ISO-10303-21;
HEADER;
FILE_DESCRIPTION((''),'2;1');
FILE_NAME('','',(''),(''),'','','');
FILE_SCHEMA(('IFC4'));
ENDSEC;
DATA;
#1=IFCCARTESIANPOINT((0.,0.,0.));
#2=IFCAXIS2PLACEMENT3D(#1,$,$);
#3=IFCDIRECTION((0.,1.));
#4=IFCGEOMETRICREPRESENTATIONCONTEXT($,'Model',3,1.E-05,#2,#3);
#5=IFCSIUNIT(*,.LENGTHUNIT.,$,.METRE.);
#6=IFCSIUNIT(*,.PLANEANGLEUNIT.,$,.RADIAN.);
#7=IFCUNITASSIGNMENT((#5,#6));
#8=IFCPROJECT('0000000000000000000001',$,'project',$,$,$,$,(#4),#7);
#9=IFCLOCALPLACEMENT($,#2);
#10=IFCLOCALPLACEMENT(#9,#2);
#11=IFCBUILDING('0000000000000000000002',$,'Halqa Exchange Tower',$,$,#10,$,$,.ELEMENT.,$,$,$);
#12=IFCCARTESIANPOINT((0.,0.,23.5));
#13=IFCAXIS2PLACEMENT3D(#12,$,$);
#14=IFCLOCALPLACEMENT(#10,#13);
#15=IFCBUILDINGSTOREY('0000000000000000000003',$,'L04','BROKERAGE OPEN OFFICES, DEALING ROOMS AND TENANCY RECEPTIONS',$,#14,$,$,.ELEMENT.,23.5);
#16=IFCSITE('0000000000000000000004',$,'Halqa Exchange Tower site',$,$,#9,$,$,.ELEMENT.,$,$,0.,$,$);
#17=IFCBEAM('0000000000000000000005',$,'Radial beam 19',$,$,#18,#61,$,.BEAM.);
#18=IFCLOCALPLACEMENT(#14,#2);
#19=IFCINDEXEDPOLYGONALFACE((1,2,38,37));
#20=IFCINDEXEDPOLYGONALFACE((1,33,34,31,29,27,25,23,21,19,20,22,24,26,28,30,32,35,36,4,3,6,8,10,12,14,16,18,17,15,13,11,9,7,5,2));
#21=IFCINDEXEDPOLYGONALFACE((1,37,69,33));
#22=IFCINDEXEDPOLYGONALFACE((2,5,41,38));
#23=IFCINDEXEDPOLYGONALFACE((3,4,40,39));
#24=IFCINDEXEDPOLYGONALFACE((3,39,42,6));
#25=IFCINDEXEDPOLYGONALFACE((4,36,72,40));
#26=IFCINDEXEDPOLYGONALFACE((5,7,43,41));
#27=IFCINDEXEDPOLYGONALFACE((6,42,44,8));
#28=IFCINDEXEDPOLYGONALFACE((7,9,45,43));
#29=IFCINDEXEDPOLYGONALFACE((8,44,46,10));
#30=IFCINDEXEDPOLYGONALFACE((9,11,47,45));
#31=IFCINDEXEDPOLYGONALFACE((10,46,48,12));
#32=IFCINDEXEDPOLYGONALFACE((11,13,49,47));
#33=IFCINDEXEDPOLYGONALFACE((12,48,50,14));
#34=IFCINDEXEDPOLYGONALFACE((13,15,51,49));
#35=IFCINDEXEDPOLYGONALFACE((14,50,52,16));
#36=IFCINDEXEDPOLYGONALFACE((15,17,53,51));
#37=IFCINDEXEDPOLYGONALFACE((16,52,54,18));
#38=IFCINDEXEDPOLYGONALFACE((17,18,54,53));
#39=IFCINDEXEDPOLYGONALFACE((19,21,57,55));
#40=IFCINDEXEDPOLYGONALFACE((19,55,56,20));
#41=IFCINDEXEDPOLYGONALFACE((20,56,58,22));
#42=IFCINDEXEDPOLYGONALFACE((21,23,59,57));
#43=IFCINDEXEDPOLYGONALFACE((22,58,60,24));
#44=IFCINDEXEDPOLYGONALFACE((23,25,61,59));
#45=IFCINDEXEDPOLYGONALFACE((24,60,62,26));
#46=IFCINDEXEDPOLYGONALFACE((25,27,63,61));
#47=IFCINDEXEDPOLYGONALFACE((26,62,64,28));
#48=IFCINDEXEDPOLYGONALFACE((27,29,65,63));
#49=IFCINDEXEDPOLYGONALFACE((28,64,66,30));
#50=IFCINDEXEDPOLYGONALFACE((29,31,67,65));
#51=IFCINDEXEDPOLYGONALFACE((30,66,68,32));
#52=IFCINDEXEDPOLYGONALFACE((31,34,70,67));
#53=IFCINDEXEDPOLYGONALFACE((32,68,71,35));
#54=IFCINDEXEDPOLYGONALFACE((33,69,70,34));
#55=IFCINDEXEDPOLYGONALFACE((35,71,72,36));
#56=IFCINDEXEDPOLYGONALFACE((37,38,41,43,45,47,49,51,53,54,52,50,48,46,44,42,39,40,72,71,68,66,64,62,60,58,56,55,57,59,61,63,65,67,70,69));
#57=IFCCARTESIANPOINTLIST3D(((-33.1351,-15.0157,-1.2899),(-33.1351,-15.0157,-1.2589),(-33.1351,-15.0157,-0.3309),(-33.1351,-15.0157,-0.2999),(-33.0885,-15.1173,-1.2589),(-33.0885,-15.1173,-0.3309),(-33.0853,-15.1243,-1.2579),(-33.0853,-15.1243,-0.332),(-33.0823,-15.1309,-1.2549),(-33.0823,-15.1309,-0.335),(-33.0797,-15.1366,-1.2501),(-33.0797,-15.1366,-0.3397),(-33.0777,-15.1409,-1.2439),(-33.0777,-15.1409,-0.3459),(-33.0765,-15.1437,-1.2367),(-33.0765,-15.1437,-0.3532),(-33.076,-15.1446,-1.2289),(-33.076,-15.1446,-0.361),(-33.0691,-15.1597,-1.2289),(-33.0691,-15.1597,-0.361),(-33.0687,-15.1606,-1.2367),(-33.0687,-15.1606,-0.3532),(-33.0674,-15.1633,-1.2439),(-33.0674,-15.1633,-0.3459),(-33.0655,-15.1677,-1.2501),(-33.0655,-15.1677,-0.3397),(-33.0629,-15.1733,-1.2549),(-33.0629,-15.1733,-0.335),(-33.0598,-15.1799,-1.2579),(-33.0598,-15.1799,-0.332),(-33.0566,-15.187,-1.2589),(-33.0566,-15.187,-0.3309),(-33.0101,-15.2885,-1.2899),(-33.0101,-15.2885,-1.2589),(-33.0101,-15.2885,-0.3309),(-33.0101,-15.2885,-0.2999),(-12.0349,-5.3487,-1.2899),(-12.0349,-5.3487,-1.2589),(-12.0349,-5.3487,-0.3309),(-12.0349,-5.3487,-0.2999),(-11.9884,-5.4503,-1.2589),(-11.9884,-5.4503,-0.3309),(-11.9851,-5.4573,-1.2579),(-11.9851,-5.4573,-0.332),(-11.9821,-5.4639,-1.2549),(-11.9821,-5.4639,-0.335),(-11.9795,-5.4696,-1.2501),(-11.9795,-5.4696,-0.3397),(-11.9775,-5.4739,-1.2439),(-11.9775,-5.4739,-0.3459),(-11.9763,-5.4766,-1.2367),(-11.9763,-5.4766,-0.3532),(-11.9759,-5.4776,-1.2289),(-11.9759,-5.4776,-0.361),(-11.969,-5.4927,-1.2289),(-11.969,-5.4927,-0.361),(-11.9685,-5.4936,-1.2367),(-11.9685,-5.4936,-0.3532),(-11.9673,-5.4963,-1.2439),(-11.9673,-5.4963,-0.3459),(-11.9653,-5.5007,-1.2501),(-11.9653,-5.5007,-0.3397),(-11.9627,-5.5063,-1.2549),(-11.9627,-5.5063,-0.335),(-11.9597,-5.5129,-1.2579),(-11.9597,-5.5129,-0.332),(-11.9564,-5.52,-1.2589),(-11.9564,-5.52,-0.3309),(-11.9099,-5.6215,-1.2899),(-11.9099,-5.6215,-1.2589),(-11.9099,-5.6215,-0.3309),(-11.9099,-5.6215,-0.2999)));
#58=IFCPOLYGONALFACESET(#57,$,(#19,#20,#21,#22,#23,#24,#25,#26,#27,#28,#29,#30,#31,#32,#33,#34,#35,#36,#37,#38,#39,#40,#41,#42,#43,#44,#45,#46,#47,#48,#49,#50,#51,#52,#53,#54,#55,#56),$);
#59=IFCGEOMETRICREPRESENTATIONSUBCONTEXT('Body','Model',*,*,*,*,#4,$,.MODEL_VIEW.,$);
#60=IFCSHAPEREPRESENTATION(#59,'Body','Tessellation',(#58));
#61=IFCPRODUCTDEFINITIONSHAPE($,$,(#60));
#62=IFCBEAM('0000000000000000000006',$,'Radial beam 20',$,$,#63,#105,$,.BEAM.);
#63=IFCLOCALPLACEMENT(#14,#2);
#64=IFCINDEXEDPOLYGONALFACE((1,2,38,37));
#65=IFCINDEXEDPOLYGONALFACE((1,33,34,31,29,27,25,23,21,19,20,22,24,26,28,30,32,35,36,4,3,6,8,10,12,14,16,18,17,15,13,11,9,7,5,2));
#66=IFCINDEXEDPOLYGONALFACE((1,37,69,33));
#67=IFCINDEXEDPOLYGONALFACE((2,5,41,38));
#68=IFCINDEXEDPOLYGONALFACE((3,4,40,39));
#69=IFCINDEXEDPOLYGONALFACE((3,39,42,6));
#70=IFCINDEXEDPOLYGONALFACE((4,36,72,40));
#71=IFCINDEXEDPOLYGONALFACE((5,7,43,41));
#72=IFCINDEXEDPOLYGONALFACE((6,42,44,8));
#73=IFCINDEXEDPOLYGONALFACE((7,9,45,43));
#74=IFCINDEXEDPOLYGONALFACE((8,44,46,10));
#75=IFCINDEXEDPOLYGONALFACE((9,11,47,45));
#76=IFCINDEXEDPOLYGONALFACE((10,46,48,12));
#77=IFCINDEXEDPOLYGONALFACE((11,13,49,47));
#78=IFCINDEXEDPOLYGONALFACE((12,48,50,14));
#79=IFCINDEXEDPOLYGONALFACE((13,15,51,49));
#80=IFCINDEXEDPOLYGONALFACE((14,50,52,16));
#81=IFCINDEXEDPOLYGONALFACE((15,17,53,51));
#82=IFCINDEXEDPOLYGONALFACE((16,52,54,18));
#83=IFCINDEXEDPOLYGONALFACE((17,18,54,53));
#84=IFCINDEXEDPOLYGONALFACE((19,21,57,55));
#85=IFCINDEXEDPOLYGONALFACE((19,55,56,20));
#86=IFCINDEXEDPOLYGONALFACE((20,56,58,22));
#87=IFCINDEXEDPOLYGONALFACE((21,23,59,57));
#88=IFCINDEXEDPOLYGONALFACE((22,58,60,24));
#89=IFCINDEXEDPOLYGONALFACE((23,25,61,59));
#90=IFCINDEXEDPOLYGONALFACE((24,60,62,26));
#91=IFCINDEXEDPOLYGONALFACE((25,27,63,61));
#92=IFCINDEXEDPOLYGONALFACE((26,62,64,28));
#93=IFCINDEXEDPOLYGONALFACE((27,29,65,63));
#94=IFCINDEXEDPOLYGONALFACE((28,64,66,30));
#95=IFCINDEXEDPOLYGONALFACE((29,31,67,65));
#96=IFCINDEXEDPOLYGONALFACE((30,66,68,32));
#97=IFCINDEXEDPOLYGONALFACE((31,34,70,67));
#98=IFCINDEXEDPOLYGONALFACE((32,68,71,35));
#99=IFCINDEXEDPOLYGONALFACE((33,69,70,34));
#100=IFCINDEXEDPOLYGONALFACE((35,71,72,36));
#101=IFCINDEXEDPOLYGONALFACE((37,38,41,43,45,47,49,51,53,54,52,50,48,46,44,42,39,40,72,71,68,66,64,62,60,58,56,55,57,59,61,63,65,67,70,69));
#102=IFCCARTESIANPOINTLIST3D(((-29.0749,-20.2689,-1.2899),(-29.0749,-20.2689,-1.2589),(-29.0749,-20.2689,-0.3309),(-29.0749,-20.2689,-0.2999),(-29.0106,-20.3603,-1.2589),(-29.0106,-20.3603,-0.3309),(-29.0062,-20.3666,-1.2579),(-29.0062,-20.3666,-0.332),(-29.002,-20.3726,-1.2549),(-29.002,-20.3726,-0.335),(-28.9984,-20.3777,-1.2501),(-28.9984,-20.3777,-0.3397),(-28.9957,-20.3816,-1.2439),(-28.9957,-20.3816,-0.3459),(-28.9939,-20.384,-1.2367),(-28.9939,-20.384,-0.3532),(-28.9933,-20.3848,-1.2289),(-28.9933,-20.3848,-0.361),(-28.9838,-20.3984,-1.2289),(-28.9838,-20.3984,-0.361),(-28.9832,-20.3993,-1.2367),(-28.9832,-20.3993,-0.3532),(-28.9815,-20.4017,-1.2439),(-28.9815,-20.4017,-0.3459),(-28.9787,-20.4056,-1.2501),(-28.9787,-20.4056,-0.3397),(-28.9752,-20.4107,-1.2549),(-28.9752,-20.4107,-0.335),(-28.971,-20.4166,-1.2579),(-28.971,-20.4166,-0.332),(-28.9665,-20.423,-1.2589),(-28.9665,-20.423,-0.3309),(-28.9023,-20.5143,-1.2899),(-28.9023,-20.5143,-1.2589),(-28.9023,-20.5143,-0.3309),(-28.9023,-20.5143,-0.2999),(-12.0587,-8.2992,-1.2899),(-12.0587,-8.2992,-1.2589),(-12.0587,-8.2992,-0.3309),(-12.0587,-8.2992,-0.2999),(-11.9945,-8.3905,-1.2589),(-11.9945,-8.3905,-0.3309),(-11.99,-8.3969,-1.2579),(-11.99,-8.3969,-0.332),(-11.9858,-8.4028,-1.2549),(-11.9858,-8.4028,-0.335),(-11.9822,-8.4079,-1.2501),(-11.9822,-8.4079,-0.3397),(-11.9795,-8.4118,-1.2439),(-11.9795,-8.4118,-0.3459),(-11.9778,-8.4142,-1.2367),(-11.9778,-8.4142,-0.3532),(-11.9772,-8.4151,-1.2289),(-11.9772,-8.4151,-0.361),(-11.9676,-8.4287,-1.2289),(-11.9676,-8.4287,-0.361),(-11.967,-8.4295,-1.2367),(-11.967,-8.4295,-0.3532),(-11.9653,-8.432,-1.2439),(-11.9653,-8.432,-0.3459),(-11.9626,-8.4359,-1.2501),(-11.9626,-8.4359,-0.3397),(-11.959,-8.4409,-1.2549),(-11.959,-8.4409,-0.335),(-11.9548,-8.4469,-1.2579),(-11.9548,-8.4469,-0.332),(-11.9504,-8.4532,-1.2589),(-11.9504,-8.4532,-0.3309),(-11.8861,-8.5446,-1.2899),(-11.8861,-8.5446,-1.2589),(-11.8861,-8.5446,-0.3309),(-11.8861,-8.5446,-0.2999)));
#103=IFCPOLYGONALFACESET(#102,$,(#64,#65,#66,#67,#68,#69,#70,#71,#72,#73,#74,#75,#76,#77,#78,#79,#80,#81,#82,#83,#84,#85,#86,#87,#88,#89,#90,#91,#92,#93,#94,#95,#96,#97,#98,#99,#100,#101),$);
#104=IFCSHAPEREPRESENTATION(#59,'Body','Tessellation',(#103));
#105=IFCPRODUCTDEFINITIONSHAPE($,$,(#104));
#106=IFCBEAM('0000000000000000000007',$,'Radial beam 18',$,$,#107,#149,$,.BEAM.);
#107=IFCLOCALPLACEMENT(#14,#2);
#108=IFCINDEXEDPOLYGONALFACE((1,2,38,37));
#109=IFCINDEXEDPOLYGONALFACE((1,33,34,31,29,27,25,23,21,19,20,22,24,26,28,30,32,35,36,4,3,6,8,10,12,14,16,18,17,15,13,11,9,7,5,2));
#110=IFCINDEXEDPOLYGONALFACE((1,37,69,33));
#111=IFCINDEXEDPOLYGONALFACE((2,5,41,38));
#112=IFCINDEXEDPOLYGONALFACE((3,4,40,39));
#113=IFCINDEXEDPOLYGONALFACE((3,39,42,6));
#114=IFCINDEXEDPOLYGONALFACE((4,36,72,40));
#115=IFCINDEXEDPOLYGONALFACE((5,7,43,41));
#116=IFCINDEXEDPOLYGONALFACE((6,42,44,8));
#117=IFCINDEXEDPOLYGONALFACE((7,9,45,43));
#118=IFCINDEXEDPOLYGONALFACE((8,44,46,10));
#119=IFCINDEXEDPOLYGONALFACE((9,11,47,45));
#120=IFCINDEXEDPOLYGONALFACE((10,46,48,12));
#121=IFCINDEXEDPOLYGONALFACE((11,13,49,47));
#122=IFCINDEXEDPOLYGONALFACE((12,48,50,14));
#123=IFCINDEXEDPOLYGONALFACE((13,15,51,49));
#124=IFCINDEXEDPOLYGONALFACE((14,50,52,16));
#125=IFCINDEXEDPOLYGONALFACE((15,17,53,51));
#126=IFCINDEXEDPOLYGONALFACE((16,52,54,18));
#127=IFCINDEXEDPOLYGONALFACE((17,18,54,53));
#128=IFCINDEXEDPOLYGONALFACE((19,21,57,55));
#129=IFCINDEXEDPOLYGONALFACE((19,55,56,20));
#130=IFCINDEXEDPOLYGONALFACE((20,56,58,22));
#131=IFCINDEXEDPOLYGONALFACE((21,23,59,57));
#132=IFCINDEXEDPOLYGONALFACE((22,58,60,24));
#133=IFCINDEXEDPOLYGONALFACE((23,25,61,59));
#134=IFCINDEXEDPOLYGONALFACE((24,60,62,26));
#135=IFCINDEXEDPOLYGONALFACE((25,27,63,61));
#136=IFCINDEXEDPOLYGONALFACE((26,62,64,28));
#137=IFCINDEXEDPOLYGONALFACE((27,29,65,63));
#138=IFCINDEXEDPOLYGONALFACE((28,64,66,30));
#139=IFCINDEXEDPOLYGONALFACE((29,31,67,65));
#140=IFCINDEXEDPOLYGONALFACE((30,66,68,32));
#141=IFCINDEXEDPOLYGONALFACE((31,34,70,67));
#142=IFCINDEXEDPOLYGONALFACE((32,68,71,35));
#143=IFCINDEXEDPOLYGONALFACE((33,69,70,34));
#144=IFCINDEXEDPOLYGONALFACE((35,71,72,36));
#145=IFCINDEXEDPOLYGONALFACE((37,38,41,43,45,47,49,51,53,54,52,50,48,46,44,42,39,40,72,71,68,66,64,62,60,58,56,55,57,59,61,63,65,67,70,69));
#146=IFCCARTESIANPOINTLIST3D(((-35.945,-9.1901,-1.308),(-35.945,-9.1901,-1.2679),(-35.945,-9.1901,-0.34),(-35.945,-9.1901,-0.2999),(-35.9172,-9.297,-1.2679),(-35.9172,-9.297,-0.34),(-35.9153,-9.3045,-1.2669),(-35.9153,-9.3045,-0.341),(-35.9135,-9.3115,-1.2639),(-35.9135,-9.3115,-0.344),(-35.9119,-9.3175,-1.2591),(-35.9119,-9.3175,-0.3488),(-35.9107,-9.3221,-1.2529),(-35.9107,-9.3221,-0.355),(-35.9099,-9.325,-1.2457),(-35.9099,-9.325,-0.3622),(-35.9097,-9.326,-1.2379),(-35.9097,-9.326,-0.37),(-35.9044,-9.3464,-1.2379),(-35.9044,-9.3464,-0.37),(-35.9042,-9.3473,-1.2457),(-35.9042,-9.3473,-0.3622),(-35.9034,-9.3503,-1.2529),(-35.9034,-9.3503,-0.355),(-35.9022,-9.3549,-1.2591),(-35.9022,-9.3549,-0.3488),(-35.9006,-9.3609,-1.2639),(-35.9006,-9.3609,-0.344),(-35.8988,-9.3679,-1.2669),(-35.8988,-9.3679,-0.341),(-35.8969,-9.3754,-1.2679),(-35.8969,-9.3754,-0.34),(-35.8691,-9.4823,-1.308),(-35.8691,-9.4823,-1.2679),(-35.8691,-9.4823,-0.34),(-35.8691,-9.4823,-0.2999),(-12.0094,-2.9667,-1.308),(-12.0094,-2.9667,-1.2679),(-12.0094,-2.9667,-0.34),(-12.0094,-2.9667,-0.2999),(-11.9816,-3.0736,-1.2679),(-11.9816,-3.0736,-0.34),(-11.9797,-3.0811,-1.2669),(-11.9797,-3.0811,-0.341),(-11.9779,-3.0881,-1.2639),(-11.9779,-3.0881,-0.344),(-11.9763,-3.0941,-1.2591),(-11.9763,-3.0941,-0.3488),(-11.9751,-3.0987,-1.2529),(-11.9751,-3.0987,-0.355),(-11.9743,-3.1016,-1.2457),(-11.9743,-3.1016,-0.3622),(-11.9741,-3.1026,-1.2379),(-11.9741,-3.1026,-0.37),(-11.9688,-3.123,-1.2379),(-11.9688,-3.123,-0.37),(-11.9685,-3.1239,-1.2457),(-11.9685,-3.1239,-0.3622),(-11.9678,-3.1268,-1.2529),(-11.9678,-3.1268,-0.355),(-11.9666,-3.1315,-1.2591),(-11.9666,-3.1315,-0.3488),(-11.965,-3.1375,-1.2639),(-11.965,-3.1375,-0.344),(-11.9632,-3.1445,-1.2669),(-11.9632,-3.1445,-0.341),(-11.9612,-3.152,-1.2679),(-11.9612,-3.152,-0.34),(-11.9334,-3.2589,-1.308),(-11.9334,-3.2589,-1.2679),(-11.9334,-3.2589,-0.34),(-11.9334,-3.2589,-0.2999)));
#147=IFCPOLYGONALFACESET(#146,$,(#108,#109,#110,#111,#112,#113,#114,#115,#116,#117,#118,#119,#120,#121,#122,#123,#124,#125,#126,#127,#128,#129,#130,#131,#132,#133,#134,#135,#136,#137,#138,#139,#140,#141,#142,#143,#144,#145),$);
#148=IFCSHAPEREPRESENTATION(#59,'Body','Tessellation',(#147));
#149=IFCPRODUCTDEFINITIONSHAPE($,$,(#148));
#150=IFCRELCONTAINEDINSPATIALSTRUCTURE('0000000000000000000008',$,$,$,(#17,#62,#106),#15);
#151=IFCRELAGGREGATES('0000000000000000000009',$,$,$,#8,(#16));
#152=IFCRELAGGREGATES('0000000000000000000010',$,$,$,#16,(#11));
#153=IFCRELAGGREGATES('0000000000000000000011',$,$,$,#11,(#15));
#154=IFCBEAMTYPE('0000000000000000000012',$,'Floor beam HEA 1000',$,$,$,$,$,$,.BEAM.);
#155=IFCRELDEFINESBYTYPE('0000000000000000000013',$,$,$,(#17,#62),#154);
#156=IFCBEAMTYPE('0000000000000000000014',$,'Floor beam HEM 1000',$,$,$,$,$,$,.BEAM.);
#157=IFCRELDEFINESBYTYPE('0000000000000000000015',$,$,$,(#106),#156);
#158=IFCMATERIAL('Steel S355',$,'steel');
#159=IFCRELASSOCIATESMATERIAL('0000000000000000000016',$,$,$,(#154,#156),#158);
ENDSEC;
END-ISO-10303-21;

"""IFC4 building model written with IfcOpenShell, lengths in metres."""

from ifc_helpers import new_model, si_unit, direction, frame, origin, origin_2d, place, context, subcontext, project, spatial, i_section, extrude, material, material_profile, profile_set, type_object, element, save


model = new_model("IFC4")

# Units and contexts
model_context = context("Model", 3, precision=1e-05, world=origin(), true_north=direction((0.0, 1.0)))
body_context = subcontext(model_context, "Body", "Model", "MODEL_VIEW")
ifc_project = project(units=[si_unit("LENGTHUNIT", "METRE"), si_unit("PLANEANGLEUNIT", "RADIAN")], contexts=[model_context])

# Site, building, storey
site_placement = place(None, origin())
site = spatial("IfcSite", under=ifc_project, at=site_placement, Name="Halqa Exchange Tower site", CompositionType="ELEMENT", RefElevation=0.0)
building_placement = place(site_placement, origin())
building = spatial("IfcBuilding", under=site, at=building_placement, Name="Halqa Exchange Tower", CompositionType="ELEMENT")
storey_placement = place(building_placement, frame((0.0, 0.0, 23.5)))
storey = spatial("IfcBuildingStorey", under=building, at=storey_placement, Name="L04", Description="BROKERAGE OPEN OFFICES, DEALING ROOMS AND TENANCY RECEPTIONS", CompositionType="ELEMENT", Elevation=23.5)

# Beams
ifc_material_1 = material(Name="Steel S355", Category="steel")
ifc_material_profile_1 = material_profile(ifc_material_1, i_section(OverallWidth=0.3, OverallDepth=0.99, WebThickness=0.0166, FlangeThickness=0.031, FilletRadius=0.03, at=origin_2d()), Name="HEA 1000")
ifc_profile_set_1 = profile_set([ifc_material_profile_1], Name="Steel S355")
beam_type_1 = type_object("IfcBeamType", Name="Floor beam HEA 1000", PredefinedType="BEAM", material=ifc_profile_set_1)
beam_1_placement = place(storey_placement, frame((-11.9724, -5.4851, -0.7949), z_axis=(-0.909128, -0.416516, 0.0), x_axis=(0.416516, -0.909128, 0.0)))
element("IfcBeam", 1, at=beam_1_placement, inside=storey, type_object=beam_type_1, Name="Radial beam 19", PredefinedType="BEAM", context=body_context, shape_type="SweptSolid", body=[
    extrude(i_section(OverallWidth=0.3, OverallDepth=0.99, WebThickness=0.0166, FlangeThickness=0.031, FilletRadius=0.03, at=origin_2d()), origin(), (0.0, 0.0, 1.0), 23.2092),
])
beam_2_placement = place(storey_placement, frame((-11.9724, -8.4219, -0.7949), z_axis=(-0.81791, -0.575346, 0.0), x_axis=(0.575346, -0.81791, 0.0)))
element("IfcBeam", 2, at=beam_2_placement, inside=storey, type_object=beam_type_1, Name="Radial beam 20", PredefinedType="BEAM", context=body_context, shape_type="SweptSolid", body=[
    extrude(i_section(OverallWidth=0.3, OverallDepth=0.99, WebThickness=0.0166, FlangeThickness=0.031, FilletRadius=0.03, at=origin_2d()), origin(), (0.0, 0.0, 1.0), 20.8044),
])
ifc_material_profile_2 = material_profile(ifc_material_1, i_section(OverallWidth=0.302, OverallDepth=1.0081, WebThickness=0.021, FlangeThickness=0.04, FilletRadius=0.03, at=origin_2d()), Name="HEM 1000")
ifc_profile_set_2 = profile_set([ifc_material_profile_2], Name="Steel S355")
beam_type_2 = type_object("IfcBeamType", Name="Floor beam HEM 1000", PredefinedType="BEAM", material=ifc_profile_set_2)
beam_3_placement = place(storey_placement, frame((-11.9714, -3.1128, -0.804), z_axis=(-0.967821, -0.251639, 0.0), x_axis=(0.251639, -0.967821, 0.0)))
element("IfcBeam", 3, at=beam_3_placement, inside=storey, type_object=beam_type_2, Name="Radial beam 18", PredefinedType="BEAM", context=body_context, shape_type="SweptSolid", body=[
    extrude(i_section(OverallWidth=0.302, OverallDepth=1.0081, WebThickness=0.021, FlangeThickness=0.04, FilletRadius=0.03, at=origin_2d()), origin(), (0.0, 0.0, 1.0), 24.7314),
])

save(model, "model.ifc")
